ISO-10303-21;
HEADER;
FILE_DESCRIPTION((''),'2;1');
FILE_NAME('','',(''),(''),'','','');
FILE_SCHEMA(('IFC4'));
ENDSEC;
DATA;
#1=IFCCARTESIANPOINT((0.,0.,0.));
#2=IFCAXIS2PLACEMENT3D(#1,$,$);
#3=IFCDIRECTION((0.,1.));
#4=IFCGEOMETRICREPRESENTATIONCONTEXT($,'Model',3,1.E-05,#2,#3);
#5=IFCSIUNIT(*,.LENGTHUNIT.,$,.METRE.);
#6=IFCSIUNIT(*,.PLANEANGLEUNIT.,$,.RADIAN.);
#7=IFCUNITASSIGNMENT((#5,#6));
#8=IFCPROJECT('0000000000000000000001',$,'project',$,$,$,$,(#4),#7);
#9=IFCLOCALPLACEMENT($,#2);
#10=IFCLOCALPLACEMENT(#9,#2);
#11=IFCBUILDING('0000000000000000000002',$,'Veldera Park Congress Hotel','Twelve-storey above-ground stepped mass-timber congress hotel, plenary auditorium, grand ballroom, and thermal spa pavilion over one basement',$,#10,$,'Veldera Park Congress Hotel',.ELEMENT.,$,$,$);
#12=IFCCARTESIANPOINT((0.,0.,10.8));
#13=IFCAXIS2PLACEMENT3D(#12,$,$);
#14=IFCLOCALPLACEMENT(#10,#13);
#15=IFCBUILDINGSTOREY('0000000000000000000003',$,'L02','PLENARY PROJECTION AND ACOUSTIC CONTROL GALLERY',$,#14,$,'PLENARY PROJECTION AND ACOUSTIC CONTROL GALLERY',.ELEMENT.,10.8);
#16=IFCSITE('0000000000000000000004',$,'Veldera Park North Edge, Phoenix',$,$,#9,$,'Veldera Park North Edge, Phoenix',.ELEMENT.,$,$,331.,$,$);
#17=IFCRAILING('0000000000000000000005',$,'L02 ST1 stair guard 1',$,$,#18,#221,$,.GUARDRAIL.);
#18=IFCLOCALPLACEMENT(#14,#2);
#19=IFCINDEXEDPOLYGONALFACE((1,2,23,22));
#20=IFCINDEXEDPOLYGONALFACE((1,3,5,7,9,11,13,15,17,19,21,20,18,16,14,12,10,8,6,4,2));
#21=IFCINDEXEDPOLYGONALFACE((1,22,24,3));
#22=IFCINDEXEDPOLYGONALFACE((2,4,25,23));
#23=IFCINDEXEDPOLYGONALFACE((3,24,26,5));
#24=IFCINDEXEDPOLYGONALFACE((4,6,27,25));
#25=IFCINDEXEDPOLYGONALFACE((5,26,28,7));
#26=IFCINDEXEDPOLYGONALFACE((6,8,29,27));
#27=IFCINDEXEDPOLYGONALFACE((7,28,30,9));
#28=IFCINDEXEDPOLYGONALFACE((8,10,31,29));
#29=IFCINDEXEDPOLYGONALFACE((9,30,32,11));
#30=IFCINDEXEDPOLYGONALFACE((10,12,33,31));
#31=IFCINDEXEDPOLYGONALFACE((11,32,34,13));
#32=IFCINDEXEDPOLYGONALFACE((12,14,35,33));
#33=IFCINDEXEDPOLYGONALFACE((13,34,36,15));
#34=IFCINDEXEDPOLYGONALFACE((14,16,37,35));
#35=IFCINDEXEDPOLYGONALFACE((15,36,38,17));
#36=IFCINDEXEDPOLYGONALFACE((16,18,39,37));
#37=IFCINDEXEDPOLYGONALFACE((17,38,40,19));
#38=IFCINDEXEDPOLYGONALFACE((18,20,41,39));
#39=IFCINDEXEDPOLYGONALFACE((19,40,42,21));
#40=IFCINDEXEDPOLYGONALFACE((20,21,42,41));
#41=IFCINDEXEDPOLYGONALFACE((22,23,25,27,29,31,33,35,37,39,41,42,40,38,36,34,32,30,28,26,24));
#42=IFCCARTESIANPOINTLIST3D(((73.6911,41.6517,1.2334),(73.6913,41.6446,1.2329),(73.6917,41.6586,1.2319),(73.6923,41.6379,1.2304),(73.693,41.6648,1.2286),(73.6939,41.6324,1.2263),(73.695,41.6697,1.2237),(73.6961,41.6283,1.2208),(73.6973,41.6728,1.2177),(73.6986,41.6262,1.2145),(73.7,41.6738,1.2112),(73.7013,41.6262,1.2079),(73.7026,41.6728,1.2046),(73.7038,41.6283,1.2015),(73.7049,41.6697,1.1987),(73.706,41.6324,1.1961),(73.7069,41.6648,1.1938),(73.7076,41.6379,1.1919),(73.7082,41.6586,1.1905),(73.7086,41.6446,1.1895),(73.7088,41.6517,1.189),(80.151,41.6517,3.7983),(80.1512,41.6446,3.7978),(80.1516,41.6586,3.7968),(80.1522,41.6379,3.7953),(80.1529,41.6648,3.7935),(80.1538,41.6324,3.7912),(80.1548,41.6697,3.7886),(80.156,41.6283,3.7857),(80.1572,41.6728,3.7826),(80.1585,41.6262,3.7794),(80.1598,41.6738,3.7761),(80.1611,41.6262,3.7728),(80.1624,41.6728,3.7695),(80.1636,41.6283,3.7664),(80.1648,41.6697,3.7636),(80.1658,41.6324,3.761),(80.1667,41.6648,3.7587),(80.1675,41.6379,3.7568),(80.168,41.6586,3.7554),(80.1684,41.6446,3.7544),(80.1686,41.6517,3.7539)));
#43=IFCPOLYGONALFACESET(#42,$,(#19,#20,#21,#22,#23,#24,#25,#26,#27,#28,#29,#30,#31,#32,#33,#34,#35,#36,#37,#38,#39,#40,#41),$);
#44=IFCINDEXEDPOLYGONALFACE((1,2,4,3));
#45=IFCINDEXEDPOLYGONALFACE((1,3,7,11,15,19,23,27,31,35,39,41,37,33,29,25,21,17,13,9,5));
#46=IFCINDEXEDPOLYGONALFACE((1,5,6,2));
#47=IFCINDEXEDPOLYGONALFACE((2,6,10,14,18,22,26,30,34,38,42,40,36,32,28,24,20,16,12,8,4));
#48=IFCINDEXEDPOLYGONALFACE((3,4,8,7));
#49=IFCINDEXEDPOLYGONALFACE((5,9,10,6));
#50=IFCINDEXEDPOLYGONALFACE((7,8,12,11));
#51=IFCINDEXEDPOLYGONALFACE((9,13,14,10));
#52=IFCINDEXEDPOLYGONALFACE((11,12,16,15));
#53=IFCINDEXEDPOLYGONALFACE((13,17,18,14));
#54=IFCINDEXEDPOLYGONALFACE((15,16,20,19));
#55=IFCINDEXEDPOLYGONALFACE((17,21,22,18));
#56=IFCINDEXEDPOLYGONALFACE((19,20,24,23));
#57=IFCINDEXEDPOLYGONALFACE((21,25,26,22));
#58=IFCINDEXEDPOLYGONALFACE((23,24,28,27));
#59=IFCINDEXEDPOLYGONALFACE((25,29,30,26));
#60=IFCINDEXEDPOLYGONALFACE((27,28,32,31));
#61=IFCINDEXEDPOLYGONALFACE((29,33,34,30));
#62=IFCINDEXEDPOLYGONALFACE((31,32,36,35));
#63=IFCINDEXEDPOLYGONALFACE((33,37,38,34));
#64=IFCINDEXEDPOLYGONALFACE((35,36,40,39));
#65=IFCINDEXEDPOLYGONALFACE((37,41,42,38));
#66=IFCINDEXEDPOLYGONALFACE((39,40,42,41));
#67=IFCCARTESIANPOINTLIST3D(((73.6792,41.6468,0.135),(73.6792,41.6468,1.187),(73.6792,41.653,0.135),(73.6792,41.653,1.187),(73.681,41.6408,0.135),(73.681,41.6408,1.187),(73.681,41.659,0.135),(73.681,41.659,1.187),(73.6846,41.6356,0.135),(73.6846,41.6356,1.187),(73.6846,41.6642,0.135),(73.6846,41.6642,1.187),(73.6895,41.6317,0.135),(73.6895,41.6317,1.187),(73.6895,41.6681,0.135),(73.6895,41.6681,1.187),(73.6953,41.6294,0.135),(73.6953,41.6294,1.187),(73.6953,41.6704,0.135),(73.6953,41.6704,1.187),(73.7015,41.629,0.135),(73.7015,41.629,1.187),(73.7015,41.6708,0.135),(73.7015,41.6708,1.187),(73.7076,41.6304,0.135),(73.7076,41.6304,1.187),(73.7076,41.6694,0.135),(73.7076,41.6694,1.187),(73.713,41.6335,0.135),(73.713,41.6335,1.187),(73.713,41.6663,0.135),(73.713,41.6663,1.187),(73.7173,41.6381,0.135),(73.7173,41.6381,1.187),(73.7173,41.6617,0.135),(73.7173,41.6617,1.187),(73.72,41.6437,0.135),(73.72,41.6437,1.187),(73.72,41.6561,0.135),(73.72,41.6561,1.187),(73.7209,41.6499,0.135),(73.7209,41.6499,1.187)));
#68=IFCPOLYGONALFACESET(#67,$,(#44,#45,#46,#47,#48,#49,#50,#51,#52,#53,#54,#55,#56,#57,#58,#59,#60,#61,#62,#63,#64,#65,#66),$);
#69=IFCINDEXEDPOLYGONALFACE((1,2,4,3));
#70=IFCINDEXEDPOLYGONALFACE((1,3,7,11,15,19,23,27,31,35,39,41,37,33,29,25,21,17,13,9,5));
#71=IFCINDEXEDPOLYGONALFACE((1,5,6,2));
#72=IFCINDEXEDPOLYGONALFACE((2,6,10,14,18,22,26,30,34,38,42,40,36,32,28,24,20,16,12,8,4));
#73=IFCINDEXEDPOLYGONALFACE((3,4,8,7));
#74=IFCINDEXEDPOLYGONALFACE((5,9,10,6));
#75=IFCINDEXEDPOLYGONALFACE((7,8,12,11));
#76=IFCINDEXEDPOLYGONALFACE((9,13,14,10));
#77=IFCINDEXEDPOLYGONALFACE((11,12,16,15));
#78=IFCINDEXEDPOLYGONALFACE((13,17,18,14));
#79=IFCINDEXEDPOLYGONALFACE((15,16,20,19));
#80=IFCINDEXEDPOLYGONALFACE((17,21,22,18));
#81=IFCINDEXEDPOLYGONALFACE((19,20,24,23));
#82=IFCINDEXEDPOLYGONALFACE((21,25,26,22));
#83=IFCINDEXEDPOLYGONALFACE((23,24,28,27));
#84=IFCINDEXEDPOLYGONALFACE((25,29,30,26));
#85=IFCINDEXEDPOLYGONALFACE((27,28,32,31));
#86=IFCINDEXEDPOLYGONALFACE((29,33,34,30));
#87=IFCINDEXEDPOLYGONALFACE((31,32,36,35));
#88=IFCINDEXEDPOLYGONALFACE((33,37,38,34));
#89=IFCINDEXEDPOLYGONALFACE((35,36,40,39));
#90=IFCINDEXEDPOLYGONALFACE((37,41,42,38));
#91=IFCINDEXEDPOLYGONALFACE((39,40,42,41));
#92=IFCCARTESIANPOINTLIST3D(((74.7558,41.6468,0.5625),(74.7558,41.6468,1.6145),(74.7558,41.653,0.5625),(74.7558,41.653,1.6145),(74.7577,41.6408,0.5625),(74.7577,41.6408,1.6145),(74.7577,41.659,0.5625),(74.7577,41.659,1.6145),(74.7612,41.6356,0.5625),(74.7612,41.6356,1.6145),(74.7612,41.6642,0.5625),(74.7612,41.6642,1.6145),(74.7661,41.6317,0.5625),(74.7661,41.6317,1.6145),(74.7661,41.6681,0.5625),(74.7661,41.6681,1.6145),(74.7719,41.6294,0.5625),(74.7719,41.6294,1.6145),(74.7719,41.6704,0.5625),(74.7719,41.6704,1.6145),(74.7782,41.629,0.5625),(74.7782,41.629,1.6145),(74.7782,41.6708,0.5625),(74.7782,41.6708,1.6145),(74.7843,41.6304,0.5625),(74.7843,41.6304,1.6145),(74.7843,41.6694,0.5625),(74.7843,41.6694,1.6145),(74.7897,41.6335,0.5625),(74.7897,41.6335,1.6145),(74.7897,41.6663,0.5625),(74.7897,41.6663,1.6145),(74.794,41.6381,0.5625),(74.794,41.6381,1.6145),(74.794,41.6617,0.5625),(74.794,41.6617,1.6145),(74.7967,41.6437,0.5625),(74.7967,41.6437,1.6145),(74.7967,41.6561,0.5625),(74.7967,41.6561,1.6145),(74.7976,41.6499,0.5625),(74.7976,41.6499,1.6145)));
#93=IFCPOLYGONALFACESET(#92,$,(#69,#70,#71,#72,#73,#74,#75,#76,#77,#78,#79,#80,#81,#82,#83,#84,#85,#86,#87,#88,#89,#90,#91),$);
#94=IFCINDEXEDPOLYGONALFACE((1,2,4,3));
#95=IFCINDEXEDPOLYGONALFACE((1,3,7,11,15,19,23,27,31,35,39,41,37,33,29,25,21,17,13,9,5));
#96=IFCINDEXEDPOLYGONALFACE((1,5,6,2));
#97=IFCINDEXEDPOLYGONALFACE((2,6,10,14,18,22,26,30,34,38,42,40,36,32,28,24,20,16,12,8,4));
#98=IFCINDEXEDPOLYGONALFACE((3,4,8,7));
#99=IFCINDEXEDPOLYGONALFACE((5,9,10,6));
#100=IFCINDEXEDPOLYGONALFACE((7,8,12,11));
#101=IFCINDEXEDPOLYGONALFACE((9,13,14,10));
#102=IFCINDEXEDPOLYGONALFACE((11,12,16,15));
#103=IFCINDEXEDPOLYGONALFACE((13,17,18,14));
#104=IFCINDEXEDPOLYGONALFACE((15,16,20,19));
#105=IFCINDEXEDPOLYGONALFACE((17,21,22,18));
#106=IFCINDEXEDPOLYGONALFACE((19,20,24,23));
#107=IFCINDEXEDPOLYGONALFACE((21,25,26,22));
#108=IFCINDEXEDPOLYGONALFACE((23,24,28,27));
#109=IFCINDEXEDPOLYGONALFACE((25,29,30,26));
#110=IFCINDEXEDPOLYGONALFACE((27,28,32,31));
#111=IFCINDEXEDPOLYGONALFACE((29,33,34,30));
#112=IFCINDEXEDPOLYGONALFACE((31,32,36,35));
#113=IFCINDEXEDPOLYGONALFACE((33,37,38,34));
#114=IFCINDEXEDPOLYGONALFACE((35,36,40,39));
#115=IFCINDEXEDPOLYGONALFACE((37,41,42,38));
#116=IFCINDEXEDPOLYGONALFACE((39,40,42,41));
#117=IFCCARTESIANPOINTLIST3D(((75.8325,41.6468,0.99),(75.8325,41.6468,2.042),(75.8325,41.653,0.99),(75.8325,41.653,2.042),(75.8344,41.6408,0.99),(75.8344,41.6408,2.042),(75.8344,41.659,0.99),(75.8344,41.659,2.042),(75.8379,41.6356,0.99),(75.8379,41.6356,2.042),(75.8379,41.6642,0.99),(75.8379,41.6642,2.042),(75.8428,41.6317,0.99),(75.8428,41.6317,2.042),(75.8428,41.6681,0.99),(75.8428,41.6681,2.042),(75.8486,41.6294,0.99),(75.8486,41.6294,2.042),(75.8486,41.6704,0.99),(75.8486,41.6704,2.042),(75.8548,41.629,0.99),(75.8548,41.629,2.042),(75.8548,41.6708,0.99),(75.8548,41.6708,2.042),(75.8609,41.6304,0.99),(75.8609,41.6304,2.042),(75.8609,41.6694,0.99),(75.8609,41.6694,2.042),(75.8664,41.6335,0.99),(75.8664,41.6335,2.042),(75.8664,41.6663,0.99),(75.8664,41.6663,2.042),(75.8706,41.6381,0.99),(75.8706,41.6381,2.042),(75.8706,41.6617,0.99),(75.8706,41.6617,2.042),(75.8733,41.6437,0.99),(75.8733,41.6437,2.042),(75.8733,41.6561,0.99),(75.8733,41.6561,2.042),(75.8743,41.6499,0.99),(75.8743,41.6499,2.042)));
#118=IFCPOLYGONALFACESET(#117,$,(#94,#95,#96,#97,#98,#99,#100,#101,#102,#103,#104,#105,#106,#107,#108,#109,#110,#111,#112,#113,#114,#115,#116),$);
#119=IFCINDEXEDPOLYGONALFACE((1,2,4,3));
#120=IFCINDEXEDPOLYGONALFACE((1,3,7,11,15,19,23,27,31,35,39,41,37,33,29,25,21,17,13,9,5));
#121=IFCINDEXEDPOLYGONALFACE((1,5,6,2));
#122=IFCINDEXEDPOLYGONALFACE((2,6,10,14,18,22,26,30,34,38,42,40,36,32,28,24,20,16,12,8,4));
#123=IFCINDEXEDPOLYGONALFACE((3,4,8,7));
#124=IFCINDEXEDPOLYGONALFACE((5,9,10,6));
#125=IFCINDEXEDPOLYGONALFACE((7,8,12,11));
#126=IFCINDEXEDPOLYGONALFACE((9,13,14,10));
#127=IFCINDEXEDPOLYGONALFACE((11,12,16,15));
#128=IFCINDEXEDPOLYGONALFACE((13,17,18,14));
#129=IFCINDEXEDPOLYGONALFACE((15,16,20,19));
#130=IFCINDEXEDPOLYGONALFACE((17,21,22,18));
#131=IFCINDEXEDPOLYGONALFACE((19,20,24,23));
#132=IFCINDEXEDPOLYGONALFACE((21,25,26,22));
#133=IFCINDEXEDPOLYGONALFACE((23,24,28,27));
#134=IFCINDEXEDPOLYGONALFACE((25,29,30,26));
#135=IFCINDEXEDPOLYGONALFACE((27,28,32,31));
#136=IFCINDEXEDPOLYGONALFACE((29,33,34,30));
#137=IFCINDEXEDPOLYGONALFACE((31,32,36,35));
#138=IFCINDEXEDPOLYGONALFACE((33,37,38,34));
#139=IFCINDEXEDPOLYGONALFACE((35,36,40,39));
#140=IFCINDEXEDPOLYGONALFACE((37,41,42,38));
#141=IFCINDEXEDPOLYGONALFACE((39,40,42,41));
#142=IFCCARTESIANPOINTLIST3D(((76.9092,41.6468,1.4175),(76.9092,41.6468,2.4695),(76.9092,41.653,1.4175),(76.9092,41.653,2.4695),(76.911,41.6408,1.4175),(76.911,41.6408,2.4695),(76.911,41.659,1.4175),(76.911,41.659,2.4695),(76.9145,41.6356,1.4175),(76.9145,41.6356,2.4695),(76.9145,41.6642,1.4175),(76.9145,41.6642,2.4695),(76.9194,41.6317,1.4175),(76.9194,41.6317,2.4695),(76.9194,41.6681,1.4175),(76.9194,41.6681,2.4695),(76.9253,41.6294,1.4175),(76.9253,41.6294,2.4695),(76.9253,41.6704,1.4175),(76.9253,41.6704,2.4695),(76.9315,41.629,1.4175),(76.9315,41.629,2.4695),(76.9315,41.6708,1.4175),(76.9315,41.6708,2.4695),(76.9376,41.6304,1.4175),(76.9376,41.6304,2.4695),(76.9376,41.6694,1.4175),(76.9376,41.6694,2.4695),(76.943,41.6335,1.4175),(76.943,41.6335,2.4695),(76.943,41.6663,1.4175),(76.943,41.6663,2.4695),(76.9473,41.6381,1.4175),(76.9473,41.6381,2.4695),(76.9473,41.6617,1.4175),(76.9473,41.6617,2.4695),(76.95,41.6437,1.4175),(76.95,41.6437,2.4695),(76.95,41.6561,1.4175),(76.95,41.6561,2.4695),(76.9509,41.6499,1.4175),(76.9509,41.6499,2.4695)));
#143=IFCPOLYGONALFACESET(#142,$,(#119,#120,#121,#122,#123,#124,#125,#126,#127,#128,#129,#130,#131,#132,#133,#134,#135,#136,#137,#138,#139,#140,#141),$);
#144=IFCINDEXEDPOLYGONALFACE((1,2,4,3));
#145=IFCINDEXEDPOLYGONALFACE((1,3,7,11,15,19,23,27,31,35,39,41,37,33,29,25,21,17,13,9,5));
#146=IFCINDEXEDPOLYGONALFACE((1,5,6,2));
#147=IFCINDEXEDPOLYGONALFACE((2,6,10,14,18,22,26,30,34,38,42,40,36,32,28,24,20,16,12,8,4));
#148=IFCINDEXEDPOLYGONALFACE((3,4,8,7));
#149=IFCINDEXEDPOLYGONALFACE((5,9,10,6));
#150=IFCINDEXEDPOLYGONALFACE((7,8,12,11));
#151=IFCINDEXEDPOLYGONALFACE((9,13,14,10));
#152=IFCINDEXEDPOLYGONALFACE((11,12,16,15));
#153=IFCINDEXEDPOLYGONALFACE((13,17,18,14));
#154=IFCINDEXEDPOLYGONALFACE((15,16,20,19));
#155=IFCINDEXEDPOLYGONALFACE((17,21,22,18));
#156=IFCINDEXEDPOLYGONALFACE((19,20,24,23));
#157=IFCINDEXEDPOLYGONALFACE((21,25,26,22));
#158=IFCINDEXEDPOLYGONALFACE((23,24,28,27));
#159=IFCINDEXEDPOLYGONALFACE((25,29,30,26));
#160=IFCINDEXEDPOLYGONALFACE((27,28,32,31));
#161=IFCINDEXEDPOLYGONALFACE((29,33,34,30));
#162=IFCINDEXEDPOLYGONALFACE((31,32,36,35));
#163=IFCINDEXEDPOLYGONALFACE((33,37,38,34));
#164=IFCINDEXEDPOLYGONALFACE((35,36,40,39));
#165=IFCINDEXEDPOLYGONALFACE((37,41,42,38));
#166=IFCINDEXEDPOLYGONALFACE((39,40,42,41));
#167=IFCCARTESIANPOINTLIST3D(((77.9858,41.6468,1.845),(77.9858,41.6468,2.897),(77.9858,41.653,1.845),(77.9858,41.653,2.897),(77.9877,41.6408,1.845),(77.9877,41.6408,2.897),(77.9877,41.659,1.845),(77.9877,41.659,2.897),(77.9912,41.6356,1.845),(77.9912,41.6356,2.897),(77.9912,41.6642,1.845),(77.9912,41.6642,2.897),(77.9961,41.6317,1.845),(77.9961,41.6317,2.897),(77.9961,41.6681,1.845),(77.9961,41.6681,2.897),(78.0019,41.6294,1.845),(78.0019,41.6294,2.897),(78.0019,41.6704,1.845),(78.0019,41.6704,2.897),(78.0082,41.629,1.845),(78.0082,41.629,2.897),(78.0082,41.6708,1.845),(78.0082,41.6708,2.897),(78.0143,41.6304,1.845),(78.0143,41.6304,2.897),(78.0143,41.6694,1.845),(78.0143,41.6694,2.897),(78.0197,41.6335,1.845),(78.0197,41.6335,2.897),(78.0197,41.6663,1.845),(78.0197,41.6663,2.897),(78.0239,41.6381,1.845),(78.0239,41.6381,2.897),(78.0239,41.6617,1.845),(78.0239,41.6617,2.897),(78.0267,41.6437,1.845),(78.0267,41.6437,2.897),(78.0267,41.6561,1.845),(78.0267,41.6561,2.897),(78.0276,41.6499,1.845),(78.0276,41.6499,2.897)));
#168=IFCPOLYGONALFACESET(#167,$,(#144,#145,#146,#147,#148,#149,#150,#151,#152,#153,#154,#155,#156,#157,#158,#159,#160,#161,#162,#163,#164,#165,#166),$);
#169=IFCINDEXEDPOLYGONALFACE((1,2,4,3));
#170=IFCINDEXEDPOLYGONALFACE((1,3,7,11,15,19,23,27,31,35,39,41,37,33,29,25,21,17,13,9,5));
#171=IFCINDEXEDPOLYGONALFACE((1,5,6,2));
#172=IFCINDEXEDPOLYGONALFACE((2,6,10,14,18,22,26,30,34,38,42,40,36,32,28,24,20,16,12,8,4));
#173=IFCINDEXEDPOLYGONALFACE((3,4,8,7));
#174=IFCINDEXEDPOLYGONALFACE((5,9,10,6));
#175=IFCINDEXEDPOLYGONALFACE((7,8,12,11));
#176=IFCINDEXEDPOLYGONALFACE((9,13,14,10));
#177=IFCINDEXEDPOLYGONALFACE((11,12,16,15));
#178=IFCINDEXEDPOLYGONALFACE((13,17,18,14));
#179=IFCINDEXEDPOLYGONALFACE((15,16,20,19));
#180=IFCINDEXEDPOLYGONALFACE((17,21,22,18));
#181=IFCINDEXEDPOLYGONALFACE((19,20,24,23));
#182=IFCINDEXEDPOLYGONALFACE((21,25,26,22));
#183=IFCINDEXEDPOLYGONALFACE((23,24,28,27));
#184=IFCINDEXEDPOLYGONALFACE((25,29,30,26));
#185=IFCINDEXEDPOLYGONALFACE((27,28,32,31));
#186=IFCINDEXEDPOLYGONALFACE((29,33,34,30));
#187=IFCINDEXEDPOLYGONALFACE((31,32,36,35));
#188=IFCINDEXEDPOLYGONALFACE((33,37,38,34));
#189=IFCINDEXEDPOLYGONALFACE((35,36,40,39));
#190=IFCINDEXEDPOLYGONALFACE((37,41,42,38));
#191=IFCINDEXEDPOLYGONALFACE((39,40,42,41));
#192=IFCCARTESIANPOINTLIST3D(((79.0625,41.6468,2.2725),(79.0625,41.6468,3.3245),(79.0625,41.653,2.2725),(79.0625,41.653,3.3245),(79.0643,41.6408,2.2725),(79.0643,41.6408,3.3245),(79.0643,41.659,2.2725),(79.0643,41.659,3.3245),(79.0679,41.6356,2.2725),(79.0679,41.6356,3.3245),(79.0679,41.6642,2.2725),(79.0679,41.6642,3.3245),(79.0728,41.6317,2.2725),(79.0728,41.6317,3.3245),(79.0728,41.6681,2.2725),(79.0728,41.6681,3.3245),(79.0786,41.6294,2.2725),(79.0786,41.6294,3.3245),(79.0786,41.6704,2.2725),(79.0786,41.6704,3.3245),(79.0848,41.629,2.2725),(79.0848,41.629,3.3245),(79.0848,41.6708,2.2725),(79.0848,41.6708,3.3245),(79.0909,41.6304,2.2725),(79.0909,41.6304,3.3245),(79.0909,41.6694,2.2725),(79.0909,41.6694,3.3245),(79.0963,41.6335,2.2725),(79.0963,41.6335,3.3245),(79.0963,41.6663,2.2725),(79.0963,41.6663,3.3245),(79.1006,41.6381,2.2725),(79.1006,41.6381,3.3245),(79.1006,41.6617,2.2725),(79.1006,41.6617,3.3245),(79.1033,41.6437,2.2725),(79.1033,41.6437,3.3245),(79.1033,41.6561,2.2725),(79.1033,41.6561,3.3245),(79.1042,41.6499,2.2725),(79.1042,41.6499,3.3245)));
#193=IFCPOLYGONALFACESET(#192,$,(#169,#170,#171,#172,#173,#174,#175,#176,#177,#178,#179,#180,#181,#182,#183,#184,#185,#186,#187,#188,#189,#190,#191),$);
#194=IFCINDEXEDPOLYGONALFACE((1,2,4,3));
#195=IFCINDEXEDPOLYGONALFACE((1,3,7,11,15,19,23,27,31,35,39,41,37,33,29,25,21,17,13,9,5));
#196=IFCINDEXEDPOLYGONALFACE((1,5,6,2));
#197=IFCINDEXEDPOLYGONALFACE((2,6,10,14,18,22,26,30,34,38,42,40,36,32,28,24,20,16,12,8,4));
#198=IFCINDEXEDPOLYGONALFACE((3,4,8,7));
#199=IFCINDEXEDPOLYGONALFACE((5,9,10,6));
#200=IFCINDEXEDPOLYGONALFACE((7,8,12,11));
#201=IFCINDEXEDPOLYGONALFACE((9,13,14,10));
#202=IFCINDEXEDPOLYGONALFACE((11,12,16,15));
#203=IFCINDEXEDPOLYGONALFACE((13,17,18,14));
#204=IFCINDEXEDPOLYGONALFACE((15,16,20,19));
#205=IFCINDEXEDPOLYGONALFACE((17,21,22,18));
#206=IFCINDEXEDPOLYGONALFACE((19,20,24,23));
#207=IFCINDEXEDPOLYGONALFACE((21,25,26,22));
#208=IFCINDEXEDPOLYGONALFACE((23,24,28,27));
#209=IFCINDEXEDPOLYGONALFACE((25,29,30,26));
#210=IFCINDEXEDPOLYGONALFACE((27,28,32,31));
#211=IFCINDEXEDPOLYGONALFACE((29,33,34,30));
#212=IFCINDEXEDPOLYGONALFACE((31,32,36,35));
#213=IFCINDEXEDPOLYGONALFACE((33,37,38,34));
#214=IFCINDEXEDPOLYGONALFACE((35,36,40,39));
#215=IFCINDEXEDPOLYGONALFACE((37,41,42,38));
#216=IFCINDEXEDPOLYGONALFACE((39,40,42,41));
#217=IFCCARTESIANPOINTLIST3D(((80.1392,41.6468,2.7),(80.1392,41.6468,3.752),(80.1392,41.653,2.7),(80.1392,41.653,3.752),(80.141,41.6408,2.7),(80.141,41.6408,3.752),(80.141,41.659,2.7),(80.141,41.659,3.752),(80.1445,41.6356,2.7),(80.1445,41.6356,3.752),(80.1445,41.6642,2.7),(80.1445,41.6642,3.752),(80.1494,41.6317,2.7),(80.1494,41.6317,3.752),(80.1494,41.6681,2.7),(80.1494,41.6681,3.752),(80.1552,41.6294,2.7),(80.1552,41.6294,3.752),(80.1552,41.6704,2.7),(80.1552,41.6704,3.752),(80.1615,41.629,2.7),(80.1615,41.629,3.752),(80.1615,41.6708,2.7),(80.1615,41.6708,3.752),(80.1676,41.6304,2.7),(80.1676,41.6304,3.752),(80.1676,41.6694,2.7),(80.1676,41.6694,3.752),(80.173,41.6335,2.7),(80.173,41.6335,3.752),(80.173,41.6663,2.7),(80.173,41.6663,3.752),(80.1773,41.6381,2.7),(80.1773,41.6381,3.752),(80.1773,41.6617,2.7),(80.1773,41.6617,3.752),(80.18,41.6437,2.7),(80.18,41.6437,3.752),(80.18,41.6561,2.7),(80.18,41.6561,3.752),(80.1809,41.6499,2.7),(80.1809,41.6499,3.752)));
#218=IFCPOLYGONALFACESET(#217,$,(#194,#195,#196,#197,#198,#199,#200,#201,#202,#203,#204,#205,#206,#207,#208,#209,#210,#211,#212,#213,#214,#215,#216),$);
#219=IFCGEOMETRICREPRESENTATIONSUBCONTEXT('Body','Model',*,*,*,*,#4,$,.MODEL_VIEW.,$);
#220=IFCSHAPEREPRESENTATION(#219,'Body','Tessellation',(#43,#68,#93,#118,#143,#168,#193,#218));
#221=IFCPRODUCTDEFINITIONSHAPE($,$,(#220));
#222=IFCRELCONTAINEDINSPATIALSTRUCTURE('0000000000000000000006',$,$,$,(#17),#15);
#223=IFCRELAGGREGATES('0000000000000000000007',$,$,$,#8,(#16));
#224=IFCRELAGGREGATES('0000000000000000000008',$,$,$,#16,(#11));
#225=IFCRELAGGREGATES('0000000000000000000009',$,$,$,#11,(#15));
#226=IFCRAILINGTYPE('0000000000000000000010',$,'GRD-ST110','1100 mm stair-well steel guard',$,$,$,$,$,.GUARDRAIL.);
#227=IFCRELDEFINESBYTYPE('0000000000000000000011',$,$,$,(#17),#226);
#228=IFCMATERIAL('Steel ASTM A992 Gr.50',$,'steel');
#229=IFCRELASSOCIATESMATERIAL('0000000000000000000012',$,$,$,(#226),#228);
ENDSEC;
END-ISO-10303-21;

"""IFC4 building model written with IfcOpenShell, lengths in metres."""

from ifc_helpers import new_model, si_unit, direction, frame, origin, origin_2d, place, context, subcontext, project, spatial, circle, extrude, material, type_object, element, save


model = new_model("IFC4")

# Units and contexts
model_context = context("Model", 3, precision=1e-05, world=origin(), true_north=direction((0.0, 1.0)))
body_context = subcontext(model_context, "Body", "Model", "MODEL_VIEW")
ifc_project = project(units=[si_unit("LENGTHUNIT", "METRE"), si_unit("PLANEANGLEUNIT", "RADIAN")], contexts=[model_context])

# Site, building, storey
site_placement = place(None, origin())
site = spatial("IfcSite", under=ifc_project, at=site_placement, Name="Veldera Park North Edge, Phoenix", LongName="Veldera Park North Edge, Phoenix", CompositionType="ELEMENT", RefElevation=331.0)
building_placement = place(site_placement, origin())
building = spatial("IfcBuilding", under=site, at=building_placement, Name="Veldera Park Congress Hotel", Description="Twelve-storey above-ground stepped mass-timber congress hotel, plenary auditorium, grand ballroom, and thermal spa pavilion over one basement", LongName="Veldera Park Congress Hotel", CompositionType="ELEMENT")
storey_placement = place(building_placement, frame((0.0, 0.0, 10.8)))
storey = spatial("IfcBuildingStorey", under=building, at=storey_placement, Name="L02", Description="PLENARY PROJECTION AND ACOUSTIC CONTROL GALLERY", LongName="PLENARY PROJECTION AND ACOUSTIC CONTROL GALLERY", CompositionType="ELEMENT", Elevation=10.8)

# Railing
ifc_material_1 = material(Name="Steel ASTM A992 Gr.50", Category="steel")
railing_type_1 = type_object("IfcRailingType", Name="GRD-ST110", Description="1100 mm stair-well steel guard", PredefinedType="GUARDRAIL", material=ifc_material_1)
railing_1_placement = place(storey_placement, frame((73.7, 41.6499, 0.135)))
element("IfcRailing", 1, at=railing_1_placement, inside=storey, type_object=railing_type_1, Name="L02 ST1 stair guard 1", PredefinedType="GUARDRAIL", context=body_context, shape_type="SweptSolid", body=[
    extrude(circle(Radius=0.0239, at=origin_2d()), frame((0.0, 0.0, 1.0762), z_axis=(0.929418, 0.0, 0.369028), x_axis=(0.0, 1.0, 0.0)), (0.0, 0.0, 1.0), 6.9504),
    extrude(circle(Radius=0.021, at=origin_2d()), origin(), (0.0, 0.0, 1.0), 1.052),
    extrude(circle(Radius=0.021, at=origin_2d()), frame((1.0767, 0.0, 0.4275)), (0.0, 0.0, 1.0), 1.052),
    extrude(circle(Radius=0.021, at=origin_2d()), frame((2.1533, 0.0, 0.855)), (0.0, 0.0, 1.0), 1.052),
    extrude(circle(Radius=0.021, at=origin_2d()), frame((3.23, 0.0, 1.2825)), (0.0, 0.0, 1.0), 1.052),
    extrude(circle(Radius=0.021, at=origin_2d()), frame((4.3066, 0.0, 1.71)), (0.0, 0.0, 1.0), 1.052),
    extrude(circle(Radius=0.021, at=origin_2d()), frame((5.3833, 0.0, 2.1375)), (0.0, 0.0, 1.0), 1.052),
    extrude(circle(Radius=0.021, at=origin_2d()), frame((6.46, 0.0, 2.5649)), (0.0, 0.0, 1.0), 1.052),
])

save(model, "model.ifc")
